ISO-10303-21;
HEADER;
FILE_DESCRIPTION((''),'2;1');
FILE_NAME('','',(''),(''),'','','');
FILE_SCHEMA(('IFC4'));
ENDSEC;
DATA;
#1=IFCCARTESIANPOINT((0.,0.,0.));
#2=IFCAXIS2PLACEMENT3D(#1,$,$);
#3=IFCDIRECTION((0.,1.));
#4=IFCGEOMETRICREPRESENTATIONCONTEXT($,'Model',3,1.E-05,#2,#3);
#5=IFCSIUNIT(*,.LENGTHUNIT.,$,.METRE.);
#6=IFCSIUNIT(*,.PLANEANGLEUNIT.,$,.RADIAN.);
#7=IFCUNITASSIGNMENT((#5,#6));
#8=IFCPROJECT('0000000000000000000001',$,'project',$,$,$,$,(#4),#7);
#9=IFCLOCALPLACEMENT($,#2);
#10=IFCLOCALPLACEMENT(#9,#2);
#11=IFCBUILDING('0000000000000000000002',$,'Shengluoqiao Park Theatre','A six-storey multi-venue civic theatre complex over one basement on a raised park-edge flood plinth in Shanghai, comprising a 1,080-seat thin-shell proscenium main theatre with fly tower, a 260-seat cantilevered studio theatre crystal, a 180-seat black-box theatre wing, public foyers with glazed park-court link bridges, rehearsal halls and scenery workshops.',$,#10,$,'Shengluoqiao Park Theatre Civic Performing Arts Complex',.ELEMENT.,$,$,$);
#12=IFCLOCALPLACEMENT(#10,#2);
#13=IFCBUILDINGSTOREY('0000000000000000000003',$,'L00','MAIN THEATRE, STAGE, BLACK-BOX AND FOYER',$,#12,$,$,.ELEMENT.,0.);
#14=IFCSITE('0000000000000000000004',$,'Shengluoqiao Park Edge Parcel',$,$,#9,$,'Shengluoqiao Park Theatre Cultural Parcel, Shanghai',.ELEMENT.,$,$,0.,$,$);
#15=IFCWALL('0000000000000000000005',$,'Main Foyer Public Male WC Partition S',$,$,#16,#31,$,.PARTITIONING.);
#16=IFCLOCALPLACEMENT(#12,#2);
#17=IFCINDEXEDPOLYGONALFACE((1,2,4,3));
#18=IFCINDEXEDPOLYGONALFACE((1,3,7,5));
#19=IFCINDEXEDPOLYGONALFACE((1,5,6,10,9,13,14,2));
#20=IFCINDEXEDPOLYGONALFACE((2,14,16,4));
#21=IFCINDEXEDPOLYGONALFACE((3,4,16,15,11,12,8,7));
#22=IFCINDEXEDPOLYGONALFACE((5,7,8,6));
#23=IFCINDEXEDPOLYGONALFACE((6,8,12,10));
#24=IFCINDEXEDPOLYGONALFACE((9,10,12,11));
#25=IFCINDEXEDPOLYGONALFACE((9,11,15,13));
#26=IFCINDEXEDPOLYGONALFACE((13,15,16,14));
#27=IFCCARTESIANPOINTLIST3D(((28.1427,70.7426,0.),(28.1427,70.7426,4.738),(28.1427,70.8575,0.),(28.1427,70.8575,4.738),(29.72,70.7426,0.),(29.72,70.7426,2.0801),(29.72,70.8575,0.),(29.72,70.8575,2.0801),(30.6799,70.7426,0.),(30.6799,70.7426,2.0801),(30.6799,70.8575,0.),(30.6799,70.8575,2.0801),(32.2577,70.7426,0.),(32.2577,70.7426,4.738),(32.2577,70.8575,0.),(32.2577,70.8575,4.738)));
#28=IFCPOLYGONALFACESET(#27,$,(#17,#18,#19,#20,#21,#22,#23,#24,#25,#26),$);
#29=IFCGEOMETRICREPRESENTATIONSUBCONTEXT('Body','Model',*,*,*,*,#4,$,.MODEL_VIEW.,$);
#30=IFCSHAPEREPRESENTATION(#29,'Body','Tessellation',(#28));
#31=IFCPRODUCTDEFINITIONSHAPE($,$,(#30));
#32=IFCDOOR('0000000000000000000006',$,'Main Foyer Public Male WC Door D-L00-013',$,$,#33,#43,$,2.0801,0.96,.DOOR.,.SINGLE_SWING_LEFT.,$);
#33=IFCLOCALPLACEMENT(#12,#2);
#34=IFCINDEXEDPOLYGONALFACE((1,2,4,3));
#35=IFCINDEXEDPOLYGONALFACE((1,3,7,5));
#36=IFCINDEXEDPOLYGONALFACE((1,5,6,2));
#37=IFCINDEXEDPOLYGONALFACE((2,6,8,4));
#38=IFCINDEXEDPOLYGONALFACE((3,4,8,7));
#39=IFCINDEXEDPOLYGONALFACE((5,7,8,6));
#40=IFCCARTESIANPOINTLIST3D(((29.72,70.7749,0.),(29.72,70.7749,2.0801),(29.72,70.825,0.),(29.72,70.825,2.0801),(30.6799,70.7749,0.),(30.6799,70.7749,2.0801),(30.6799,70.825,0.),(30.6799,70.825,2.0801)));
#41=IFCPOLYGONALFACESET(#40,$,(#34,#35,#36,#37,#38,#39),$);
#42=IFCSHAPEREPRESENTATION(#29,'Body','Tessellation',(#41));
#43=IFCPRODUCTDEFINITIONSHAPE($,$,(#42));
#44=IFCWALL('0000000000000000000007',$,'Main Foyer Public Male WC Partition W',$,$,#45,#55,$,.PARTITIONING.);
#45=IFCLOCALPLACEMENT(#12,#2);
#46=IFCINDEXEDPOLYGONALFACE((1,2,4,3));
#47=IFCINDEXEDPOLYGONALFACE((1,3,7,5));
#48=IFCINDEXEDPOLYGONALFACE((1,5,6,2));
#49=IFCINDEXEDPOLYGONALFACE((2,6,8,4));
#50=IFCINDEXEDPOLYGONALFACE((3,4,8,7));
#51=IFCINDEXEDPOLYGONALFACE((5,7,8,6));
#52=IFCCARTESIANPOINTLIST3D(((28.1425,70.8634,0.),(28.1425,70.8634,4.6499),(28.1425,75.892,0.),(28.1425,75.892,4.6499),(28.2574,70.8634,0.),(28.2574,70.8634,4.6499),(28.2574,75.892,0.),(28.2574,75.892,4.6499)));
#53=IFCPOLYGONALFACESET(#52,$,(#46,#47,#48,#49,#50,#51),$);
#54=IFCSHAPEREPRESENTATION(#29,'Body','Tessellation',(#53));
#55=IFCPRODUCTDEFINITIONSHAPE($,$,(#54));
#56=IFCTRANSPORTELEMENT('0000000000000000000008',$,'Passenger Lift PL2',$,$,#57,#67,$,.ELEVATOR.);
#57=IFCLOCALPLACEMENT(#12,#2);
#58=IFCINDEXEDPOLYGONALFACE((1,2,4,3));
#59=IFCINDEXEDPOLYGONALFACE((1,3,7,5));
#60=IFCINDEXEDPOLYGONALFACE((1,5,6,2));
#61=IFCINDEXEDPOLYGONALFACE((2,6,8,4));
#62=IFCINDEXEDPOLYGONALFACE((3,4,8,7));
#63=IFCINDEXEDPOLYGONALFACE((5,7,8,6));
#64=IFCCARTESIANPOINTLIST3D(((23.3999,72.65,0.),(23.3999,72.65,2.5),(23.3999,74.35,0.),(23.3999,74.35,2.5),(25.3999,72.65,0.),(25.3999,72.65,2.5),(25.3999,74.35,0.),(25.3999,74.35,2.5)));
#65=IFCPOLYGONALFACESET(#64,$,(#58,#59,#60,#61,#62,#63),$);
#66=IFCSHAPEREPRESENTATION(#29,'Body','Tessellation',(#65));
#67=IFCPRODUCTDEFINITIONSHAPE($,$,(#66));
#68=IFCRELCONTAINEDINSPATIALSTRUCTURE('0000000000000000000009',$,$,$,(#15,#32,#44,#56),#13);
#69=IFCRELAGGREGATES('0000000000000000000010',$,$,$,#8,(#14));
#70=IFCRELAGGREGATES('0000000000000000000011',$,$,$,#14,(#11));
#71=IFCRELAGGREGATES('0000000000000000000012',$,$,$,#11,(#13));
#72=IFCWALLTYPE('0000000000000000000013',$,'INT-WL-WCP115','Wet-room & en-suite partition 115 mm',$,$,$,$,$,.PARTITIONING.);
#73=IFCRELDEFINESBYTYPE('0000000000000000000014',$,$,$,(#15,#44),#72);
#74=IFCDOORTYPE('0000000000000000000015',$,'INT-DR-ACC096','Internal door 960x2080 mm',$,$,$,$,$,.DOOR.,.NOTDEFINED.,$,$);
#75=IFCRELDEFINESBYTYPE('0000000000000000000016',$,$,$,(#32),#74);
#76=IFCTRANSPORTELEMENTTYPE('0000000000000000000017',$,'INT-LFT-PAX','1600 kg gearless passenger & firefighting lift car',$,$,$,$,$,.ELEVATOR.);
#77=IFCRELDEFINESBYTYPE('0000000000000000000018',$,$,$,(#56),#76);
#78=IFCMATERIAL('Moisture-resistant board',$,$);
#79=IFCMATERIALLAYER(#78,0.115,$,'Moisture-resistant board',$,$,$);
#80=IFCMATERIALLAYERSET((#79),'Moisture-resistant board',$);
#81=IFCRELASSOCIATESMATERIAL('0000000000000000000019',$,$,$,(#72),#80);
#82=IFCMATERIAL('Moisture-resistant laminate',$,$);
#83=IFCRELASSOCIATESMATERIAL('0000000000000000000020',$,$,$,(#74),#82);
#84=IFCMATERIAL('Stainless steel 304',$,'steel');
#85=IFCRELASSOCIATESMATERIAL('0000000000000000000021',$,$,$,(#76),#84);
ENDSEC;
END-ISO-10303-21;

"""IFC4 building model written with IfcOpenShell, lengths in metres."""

from ifc_helpers import new_model, si_unit, direction, frame, frame_2d, origin, origin_2d, place, context, subcontext, project, spatial, rectangle, extrude, material, layer, layer_set, type_object, element, fill, save


model = new_model("IFC4")

# Units and contexts
model_context = context("Model", 3, precision=1e-05, world=origin(), true_north=direction((0.0, 1.0)))
body_context = subcontext(model_context, "Body", "Model", "MODEL_VIEW")
ifc_project = project(units=[si_unit("LENGTHUNIT", "METRE"), si_unit("PLANEANGLEUNIT", "RADIAN")], contexts=[model_context])

# Site, building, storey
site_placement = place(None, origin())
site = spatial("IfcSite", under=ifc_project, at=site_placement, Name="Shengluoqiao Park Edge Parcel", LongName="Shengluoqiao Park Theatre Cultural Parcel, Shanghai", CompositionType="ELEMENT", RefElevation=0.0)
building_placement = place(site_placement, origin())
building = spatial("IfcBuilding", under=site, at=building_placement, Name="Shengluoqiao Park Theatre", Description="A six-storey multi-venue civic theatre complex over one basement on a raised park-edge flood plinth in Shanghai, comprising a 1,080-seat thin-shell proscenium main theatre with fly tower, a 260-seat cantilevered studio theatre crystal, a 180-seat black-box theatre wing, public foyers with glazed park-court link bridges, rehearsal halls and scenery workshops.", LongName="Shengluoqiao Park Theatre Civic Performing Arts Complex", CompositionType="ELEMENT")
storey_placement = place(building_placement, origin())
storey = spatial("IfcBuildingStorey", under=building, at=storey_placement, Name="L00", Description="MAIN THEATRE, STAGE, BLACK-BOX AND FOYER", CompositionType="ELEMENT", Elevation=0.0)

# Shared definitions
ifc_material_1 = material(Name="Stainless steel 304", Category="steel")

# Wall, opening, door
ifc_material_2 = material(Name="Moisture-resistant board")
ifc_layer_1 = layer(ifc_material_2, 0.115, Name="Moisture-resistant board")
ifc_layer_set_1 = layer_set([ifc_layer_1], Name="Moisture-resistant board")
wall_type_1 = type_object("IfcWallType", Name="INT-WL-WCP115", Description="Wet-room & en-suite partition 115 mm", PredefinedType="PARTITIONING", material=ifc_layer_set_1)
wall_1_placement = place(storey_placement, frame((28.1426, 70.8, 0.0), z_axis=(0.0, 0.0, 1.0), x_axis=(1.0, 0.0, 0.0)))
wall_1 = element("IfcWall", 1, at=wall_1_placement, inside=storey, type_object=wall_type_1, Name="Main Foyer Public Male WC Partition S", PredefinedType="PARTITIONING", context=body_context, shape_type="SweptSolid", body=[
    extrude(rectangle(XDim=4.115, YDim=0.115, at=frame_2d((2.0576, 0.0))), origin(), (0.0, 0.0, 1.0), 4.738),
])
opening_1_placement = place(wall_1_placement, frame((1.5774, 0.0, 0.0)))
opening_1 = element("IfcOpeningElement", 2, at=opening_1_placement, cuts=wall_1, PredefinedType="OPENING", context=body_context, shape_type="SweptSolid", body=[
    extrude(rectangle(XDim=0.96, YDim=2.0801, at=frame_2d((0.48, 1.04))), frame((0.0, 0.0674, 0.0), z_axis=(0.0, -1.0, 0.0), x_axis=(1.0, 0.0, 0.0)), (0.0, 0.0, 1.0), 0.135),
])
ifc_material_3 = material(Name="Moisture-resistant laminate")
door_type_1 = type_object("IfcDoorType", Name="INT-DR-ACC096", Description="Internal door 960x2080 mm", OperationType="NOTDEFINED", PredefinedType="DOOR", material=ifc_material_3)
door_1_placement = place(opening_1_placement, origin())
door_1 = element("IfcDoor", 3, at=door_1_placement, inside=storey, type_object=door_type_1, Name="Main Foyer Public Male WC Door D-L00-013", OperationType="SINGLE_SWING_LEFT", OverallHeight=2.0801, OverallWidth=0.96, PredefinedType="DOOR", context=body_context, shape_type="SweptSolid", body=[
    extrude(rectangle(XDim=0.96, YDim=2.0801, at=frame_2d((0.48, 1.04))), frame((0.0, 0.0249, 0.0), z_axis=(0.0, -1.0, 0.0), x_axis=(1.0, 0.0, 0.0)), (0.0, 0.0, 1.0), 0.05),
])
fill(opening_1, door_1)

# Wall
wall_2_placement = place(storey_placement, frame((28.2, 70.8635, 0.0), z_axis=(0.0, 0.0, 1.0), x_axis=(0.0, 1.0, 0.0)))
element("IfcWall", 4, at=wall_2_placement, inside=storey, type_object=wall_type_1, Name="Main Foyer Public Male WC Partition W", PredefinedType="PARTITIONING", context=body_context, shape_type="SweptSolid", body=[
    extrude(rectangle(XDim=5.0286, YDim=0.115, at=frame_2d((2.5142, 0.0))), origin(), (0.0, 0.0, 1.0), 4.6499),
])

# Transport element
transport_element_type = type_object("IfcTransportElementType", Name="INT-LFT-PAX", Description="1600 kg gearless passenger & firefighting lift car", PredefinedType="ELEVATOR", material=ifc_material_1)
transport_element_placement = place(storey_placement, frame((24.3999, 73.5, 0.0), z_axis=(0.0, 0.0, 1.0), x_axis=(1.0, 0.0, 0.0)))
element("IfcTransportElement", 5, at=transport_element_placement, inside=storey, type_object=transport_element_type, Name="Passenger Lift PL2", PredefinedType="ELEVATOR", context=body_context, shape_type="SweptSolid", body=[
    extrude(rectangle(XDim=2.0, YDim=1.7, at=origin_2d()), origin(), (0.0, 0.0, 1.0), 2.5),
])

save(model, "model.ifc")
